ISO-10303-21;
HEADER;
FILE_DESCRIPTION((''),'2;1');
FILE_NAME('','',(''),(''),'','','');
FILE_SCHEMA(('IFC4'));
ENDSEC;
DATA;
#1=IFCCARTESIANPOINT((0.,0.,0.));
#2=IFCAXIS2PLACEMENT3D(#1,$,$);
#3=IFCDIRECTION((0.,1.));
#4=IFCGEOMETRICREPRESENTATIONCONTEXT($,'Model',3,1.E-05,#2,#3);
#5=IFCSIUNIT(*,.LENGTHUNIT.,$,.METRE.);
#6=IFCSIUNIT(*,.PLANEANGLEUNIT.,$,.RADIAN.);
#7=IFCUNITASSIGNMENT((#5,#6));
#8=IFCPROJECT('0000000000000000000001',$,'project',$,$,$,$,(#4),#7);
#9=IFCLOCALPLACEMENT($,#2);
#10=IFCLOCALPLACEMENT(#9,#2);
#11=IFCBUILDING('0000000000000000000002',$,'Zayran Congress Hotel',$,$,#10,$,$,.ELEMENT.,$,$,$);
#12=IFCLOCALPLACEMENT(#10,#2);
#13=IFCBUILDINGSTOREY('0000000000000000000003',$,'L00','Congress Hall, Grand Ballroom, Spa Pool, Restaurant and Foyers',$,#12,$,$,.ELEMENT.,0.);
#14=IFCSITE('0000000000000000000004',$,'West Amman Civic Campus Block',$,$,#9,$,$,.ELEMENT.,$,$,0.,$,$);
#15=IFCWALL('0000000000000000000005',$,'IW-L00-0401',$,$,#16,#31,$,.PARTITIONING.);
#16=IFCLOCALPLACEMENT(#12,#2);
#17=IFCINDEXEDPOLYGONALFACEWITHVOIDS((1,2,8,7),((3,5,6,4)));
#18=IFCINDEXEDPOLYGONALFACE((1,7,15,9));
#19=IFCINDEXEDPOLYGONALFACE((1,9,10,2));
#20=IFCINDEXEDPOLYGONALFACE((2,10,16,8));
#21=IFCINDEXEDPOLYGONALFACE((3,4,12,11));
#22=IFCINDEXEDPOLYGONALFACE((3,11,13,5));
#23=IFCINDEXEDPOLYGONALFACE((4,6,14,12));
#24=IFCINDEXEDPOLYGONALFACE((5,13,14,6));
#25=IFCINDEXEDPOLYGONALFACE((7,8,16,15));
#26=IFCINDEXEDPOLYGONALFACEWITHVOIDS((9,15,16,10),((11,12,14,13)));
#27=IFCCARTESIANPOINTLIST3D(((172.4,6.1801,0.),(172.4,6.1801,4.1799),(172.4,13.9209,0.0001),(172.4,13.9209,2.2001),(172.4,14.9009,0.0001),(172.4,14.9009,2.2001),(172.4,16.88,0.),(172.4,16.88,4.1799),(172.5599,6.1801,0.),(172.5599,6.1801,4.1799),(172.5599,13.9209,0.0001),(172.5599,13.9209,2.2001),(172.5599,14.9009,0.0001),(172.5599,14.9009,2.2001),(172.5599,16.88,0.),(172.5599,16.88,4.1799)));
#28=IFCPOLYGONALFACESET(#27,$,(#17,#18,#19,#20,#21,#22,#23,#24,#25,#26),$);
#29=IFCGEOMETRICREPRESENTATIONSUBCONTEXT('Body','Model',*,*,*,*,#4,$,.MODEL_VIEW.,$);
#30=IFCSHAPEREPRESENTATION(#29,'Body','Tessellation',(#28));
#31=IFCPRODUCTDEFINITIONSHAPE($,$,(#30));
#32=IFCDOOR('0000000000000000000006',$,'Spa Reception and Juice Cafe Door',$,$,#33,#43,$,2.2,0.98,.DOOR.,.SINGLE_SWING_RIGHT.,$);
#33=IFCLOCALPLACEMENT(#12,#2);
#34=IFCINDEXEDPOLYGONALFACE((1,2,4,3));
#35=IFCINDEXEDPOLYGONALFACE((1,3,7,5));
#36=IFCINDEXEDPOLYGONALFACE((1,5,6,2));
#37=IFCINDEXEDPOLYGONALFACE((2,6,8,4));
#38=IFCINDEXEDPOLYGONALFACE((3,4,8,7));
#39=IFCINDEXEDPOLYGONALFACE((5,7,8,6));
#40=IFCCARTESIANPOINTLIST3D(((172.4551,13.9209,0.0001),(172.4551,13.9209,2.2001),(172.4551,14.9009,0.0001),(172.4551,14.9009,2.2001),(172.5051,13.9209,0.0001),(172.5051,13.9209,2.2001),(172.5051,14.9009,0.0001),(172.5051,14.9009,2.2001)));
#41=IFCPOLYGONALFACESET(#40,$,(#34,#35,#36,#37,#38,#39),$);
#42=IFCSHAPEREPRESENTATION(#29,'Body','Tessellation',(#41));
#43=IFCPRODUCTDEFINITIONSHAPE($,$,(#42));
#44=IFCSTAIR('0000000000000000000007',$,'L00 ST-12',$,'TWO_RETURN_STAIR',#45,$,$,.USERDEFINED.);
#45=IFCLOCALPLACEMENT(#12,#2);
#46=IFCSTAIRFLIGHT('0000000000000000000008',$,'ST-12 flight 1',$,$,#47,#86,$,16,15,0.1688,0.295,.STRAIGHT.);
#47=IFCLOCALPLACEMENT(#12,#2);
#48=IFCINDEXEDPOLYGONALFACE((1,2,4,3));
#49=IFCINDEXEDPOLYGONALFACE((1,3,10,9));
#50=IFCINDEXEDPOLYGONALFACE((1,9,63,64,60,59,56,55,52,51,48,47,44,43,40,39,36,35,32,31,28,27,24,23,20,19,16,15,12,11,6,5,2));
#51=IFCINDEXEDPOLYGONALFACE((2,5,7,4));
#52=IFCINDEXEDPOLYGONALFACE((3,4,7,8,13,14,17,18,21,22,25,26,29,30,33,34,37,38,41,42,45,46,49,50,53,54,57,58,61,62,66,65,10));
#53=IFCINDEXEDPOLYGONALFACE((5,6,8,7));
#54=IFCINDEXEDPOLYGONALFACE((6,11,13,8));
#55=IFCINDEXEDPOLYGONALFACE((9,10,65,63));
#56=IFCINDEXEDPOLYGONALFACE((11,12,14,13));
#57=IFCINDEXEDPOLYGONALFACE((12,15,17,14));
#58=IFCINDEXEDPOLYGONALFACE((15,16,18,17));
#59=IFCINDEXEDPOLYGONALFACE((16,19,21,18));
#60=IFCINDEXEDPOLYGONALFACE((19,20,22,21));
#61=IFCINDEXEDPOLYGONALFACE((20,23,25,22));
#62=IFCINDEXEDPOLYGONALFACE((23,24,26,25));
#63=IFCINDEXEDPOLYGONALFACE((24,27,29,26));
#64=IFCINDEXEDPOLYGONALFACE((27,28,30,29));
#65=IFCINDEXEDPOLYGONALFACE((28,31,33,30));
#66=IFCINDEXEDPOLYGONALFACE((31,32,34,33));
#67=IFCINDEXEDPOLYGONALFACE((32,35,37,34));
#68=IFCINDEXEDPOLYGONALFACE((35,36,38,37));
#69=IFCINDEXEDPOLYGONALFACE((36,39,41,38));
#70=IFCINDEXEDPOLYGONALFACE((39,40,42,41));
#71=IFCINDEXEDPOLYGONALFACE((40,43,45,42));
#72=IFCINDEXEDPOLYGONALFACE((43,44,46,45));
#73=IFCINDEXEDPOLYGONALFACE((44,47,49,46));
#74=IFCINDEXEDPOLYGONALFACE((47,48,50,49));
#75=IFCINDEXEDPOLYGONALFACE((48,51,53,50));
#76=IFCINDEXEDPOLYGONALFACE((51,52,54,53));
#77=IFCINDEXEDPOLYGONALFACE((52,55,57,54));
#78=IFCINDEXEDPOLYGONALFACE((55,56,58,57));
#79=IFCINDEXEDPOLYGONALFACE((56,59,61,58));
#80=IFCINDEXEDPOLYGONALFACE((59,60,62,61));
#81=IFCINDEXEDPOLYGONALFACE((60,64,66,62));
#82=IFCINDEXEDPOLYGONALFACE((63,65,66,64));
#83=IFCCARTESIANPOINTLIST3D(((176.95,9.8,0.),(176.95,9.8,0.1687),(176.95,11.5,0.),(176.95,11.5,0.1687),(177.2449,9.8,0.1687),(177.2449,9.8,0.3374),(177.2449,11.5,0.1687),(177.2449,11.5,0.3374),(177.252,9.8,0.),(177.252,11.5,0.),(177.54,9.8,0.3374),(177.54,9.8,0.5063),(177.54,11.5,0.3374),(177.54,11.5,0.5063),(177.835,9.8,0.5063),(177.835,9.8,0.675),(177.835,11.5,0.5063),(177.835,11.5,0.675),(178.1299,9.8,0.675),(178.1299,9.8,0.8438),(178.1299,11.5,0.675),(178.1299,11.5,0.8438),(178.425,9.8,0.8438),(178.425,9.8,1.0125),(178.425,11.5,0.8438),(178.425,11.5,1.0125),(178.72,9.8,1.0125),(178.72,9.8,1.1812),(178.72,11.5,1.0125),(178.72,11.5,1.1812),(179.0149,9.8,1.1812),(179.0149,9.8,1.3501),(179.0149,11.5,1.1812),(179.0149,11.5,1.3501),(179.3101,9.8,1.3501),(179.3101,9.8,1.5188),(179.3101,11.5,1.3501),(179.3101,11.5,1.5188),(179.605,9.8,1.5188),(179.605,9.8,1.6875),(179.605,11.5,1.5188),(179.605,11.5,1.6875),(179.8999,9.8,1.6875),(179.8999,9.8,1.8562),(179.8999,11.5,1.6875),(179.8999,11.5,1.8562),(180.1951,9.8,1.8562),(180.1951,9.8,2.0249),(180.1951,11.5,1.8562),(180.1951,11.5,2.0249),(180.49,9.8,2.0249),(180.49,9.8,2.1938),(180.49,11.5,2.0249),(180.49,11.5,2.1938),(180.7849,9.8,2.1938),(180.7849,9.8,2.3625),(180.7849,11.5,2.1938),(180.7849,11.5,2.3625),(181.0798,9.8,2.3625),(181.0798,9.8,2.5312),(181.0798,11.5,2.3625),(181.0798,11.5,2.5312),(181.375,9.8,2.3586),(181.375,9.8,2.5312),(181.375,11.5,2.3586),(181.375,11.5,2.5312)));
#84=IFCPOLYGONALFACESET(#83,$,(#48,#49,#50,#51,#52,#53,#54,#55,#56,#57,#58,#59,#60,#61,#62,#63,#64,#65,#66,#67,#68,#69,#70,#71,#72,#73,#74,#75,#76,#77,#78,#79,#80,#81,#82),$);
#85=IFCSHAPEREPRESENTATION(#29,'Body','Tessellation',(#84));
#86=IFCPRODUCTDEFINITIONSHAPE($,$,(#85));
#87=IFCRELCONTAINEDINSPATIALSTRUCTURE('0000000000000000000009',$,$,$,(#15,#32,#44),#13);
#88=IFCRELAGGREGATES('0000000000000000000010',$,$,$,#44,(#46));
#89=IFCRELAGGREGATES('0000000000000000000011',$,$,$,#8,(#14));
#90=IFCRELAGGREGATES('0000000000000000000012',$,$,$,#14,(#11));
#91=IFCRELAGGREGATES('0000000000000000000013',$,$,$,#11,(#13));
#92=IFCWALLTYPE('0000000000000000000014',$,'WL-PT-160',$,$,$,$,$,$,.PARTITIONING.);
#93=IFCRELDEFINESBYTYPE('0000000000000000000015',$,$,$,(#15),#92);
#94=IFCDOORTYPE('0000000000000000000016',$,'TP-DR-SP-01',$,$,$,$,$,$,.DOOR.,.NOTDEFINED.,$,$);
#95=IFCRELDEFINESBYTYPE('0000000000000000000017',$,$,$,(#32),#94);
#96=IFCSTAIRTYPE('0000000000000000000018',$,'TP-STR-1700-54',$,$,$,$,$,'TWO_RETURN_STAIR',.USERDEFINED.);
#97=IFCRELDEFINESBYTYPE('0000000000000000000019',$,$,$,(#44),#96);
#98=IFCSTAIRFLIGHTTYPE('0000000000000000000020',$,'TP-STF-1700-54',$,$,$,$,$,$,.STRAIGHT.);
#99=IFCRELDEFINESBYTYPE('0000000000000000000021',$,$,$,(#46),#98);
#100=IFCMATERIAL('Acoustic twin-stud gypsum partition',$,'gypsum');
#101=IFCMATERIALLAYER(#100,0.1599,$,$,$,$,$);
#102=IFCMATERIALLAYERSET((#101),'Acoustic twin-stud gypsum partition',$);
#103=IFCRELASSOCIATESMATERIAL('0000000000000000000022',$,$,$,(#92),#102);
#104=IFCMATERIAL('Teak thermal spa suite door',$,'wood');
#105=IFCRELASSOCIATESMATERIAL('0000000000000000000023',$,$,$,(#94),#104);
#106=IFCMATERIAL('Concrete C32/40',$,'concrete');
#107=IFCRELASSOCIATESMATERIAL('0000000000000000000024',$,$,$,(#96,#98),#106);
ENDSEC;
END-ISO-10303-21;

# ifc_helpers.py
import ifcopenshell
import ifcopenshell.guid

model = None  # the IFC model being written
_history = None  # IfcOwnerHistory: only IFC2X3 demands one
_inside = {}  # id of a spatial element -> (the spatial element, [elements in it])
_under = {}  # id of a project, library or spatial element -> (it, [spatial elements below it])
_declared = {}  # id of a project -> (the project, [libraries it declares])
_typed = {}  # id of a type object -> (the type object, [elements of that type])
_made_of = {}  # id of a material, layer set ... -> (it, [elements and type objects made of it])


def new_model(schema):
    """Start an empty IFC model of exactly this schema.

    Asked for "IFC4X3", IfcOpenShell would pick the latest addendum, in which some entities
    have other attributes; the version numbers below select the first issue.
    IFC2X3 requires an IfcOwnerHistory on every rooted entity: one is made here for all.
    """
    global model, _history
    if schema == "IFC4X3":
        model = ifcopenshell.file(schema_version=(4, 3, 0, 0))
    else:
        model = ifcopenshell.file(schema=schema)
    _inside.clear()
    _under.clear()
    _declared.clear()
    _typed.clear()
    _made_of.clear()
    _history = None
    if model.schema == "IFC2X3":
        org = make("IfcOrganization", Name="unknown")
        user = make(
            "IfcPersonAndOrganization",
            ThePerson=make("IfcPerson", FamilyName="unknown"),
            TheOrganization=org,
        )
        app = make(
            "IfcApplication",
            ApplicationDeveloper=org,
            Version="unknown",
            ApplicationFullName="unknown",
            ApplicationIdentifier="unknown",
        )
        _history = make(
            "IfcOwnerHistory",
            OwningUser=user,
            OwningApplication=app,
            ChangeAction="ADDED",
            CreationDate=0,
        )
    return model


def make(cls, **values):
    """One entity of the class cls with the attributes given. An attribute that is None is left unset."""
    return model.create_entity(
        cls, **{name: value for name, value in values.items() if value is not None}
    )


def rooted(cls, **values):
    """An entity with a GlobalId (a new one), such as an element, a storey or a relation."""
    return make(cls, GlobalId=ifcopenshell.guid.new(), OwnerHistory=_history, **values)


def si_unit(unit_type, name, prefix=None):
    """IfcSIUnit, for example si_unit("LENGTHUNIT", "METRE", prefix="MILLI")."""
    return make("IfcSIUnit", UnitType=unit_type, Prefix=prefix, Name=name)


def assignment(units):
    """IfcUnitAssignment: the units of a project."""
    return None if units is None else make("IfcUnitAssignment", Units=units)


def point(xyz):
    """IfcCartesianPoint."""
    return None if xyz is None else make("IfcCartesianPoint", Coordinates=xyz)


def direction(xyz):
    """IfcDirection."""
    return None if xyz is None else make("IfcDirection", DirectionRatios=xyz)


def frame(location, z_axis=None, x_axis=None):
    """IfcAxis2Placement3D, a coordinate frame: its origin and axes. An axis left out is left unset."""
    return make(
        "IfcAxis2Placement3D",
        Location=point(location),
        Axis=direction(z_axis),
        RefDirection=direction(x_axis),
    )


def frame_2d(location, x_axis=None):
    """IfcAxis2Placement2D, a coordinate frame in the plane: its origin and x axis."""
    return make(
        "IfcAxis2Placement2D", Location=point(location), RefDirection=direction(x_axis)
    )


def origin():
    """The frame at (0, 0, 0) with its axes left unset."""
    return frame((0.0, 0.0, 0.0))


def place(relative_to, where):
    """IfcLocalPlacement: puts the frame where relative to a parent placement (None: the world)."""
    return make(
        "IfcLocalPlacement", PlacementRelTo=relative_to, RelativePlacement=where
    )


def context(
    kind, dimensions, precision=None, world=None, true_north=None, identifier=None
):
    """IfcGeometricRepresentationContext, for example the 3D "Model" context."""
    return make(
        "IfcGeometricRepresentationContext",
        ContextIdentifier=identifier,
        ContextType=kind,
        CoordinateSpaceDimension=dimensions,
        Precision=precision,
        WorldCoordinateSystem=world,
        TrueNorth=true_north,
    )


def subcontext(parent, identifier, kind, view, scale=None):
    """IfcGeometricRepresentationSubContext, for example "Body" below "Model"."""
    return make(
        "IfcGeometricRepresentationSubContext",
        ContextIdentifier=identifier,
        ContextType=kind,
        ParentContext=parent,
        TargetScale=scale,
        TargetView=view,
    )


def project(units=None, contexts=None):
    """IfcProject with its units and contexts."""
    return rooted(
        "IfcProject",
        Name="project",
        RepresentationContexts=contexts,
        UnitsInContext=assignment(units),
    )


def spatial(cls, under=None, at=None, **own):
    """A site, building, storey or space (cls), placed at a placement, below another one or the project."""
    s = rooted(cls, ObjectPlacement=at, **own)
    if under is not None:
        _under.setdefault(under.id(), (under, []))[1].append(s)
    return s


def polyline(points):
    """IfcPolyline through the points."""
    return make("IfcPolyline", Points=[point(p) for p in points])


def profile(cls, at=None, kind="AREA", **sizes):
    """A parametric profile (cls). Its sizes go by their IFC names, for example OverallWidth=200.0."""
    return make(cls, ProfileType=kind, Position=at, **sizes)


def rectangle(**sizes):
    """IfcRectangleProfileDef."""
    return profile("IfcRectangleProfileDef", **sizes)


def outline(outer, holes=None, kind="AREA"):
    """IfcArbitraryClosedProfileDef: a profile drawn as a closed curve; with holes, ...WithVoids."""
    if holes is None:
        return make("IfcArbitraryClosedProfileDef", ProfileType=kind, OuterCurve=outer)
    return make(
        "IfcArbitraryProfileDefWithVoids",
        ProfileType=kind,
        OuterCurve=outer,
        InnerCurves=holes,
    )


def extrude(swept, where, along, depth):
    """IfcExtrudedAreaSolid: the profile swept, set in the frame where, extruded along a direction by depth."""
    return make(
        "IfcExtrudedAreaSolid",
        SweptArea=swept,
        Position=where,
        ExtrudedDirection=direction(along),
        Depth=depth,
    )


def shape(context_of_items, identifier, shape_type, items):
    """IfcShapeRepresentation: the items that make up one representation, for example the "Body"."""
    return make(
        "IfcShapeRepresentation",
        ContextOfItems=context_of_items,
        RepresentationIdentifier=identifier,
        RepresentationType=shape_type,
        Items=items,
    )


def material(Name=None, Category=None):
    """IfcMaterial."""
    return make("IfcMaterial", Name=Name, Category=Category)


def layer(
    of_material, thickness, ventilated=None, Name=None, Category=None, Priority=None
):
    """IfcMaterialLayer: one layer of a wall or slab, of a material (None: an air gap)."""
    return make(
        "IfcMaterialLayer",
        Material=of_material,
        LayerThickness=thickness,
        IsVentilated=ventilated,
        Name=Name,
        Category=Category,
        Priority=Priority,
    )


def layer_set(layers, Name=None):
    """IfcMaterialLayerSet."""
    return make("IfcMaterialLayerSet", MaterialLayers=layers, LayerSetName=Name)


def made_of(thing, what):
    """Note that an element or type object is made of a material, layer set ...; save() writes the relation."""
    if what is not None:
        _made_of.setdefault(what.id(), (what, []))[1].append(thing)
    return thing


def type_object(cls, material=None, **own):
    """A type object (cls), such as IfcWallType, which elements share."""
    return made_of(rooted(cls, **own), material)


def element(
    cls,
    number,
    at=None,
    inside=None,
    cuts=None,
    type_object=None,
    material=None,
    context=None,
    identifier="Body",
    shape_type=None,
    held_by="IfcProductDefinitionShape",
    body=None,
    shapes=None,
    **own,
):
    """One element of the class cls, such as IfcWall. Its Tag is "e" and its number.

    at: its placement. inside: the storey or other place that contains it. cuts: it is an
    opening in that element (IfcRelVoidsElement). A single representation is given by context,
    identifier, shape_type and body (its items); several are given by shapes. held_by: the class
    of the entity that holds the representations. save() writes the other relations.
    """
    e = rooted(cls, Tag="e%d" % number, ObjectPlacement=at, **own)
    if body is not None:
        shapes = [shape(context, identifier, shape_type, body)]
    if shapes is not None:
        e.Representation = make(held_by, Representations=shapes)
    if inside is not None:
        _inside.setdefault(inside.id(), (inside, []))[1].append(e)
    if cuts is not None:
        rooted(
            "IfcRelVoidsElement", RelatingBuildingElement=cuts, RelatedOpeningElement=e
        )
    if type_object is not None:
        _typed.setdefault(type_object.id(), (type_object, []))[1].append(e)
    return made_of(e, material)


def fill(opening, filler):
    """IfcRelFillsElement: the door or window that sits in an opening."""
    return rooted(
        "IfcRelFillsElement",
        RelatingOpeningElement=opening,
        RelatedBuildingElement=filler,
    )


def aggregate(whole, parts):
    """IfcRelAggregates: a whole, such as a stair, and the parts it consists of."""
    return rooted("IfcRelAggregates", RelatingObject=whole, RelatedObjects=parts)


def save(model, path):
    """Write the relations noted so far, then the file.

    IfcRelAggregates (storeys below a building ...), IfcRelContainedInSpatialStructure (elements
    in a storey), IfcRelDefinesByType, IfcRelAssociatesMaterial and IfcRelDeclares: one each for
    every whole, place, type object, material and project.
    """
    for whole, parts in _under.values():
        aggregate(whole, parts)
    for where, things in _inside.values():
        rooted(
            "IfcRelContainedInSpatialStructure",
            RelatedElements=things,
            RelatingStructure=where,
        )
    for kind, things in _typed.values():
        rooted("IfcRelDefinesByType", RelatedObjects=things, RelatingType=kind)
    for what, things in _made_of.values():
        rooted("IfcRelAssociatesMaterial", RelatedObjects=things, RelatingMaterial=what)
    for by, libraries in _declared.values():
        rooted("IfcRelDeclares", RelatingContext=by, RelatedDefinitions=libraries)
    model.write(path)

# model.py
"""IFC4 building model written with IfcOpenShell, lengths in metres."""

from ifc_helpers import new_model, si_unit, direction, frame, frame_2d, origin, place, context, subcontext, project, spatial, polyline, rectangle, outline, extrude, material, layer, layer_set, type_object, element, fill, aggregate, save


model = new_model("IFC4")

# Units and contexts
model_context = context("Model", 3, precision=1e-05, world=origin(), true_north=direction((0.0, 1.0)))
body_context = subcontext(model_context, "Body", "Model", "MODEL_VIEW")
ifc_project = project(units=[si_unit("LENGTHUNIT", "METRE"), si_unit("PLANEANGLEUNIT", "RADIAN")], contexts=[model_context])

# Site, building, storey
site_placement = place(None, origin())
site = spatial("IfcSite", under=ifc_project, at=site_placement, Name="West Amman Civic Campus Block", CompositionType="ELEMENT", RefElevation=0.0)
building_placement = place(site_placement, origin())
building = spatial("IfcBuilding", under=site, at=building_placement, Name="Zayran Congress Hotel", CompositionType="ELEMENT")
storey_placement = place(building_placement, origin())
storey = spatial("IfcBuildingStorey", under=building, at=storey_placement, Name="L00", Description="Congress Hall, Grand Ballroom, Spa Pool, Restaurant and Foyers", CompositionType="ELEMENT", Elevation=0.0)

# Wall, opening, door
ifc_material_1 = material(Name="Acoustic twin-stud gypsum partition", Category="gypsum")
ifc_layer_1 = layer(ifc_material_1, 0.1599)
ifc_layer_set_1 = layer_set([ifc_layer_1], Name="Acoustic twin-stud gypsum partition")
wall_type_1 = type_object("IfcWallType", Name="WL-PT-160", PredefinedType="PARTITIONING", material=ifc_layer_set_1)
wall_1_placement = place(storey_placement, frame((172.48, 6.1799, 0.0), z_axis=(0.0, 0.0, 1.0), x_axis=(0.0, 1.0, 0.0)))
wall_1 = element("IfcWall", 1, at=wall_1_placement, inside=storey, type_object=wall_type_1, Name="IW-L00-0401", PredefinedType="PARTITIONING", context=body_context, shape_type="SweptSolid", body=[
    extrude(rectangle(XDim=10.7, YDim=0.1599, at=frame_2d((5.3501, 0.0))), origin(), (0.0, 0.0, 1.0), 4.1799),
])
opening_1_placement = place(wall_1_placement, frame((7.741, 0.0, 0.0)))
opening_1 = element("IfcOpeningElement", 2, at=opening_1_placement, cuts=wall_1, PredefinedType="OPENING", context=body_context, shape_type="SweptSolid", body=[
    extrude(rectangle(XDim=0.98, YDim=2.2, at=frame_2d((0.49, 1.1001))), frame((0.0, 0.0898, 0.0), z_axis=(0.0, -1.0, 0.0), x_axis=(1.0, 0.0, 0.0)), (0.0, 0.0, 1.0), 0.1799),
])
ifc_material_2 = material(Name="Teak thermal spa suite door", Category="wood")
door_type_1 = type_object("IfcDoorType", Name="TP-DR-SP-01", OperationType="NOTDEFINED", PredefinedType="DOOR", material=ifc_material_2)
door_1_placement = place(opening_1_placement, origin())
door_1 = element("IfcDoor", 3, at=door_1_placement, inside=storey, type_object=door_type_1, Name="Spa Reception and Juice Cafe Door", OperationType="SINGLE_SWING_RIGHT", OverallHeight=2.2, OverallWidth=0.98, PredefinedType="DOOR", context=body_context, shape_type="SweptSolid", body=[
    extrude(rectangle(XDim=0.98, YDim=2.2, at=frame_2d((0.49, 1.1001))), frame((0.0, 0.0249, 0.0), z_axis=(0.0, -1.0, 0.0), x_axis=(1.0, 0.0, 0.0)), (0.0, 0.0, 1.0), 0.05),
])
fill(opening_1, door_1)

# Stair, stair flight
ifc_material_3 = material(Name="Concrete C32/40", Category="concrete")
stair_type = type_object("IfcStairType", Name="TP-STR-1700-54", ElementType="TWO_RETURN_STAIR", PredefinedType="USERDEFINED", material=ifc_material_3)
stair_placement = place(storey_placement, origin())
stair = element("IfcStair", 4, at=stair_placement, inside=storey, type_object=stair_type, Name="L00 ST-12", ObjectType="TWO_RETURN_STAIR", PredefinedType="USERDEFINED")
stair_flight_type = type_object("IfcStairFlightType", Name="TP-STF-1700-54", PredefinedType="STRAIGHT", material=ifc_material_3)
stair_flight_placement = place(storey_placement, frame((176.95, 10.6499, 0.0), z_axis=(0.0, 0.0, 1.0), x_axis=(1.0, 0.0, 0.0)))
stair_flight = element("IfcStairFlight", 5, at=stair_flight_placement, type_object=stair_flight_type, Name="ST-12 flight 1", NumberOfRisers=16, NumberOfTreads=15, PredefinedType="STRAIGHT", RiserHeight=0.1688, TreadLength=0.295, context=body_context, shape_type="SweptSolid", body=[
    extrude(outline(polyline([(0.0, 0.0), (0.0, 0.1687), (0.2949, 0.1687), (0.2949, 0.3374), (0.5901, 0.3374), (0.5901, 0.5063), (0.885, 0.5063), (0.885, 0.675), (1.1799, 0.675), (1.1799, 0.8438), (1.4751, 0.8438), (1.4751, 1.0125), (1.77, 1.0125), (1.77, 1.1812), (2.0649, 1.1812), (2.0649, 1.3501), (2.3601, 1.3501), (2.3601, 1.5188), (2.655, 1.5188), (2.655, 1.6875), (2.95, 1.6875), (2.95, 1.8562), (3.2451, 1.8562), (3.2451, 2.0249), (3.54, 2.0249), (3.54, 2.1938), (3.835, 2.1938), (3.835, 2.3625), (4.1299, 2.3625), (4.1299, 2.5312), (4.425, 2.5312), (4.425, 2.7), (4.425, 2.3586), (0.302, 0.0), (0.0, 0.0)])), frame((0.0, 0.8501, 0.0), z_axis=(0.0, -1.0, 0.0), x_axis=(1.0, 0.0, 0.0)), (0.0, 0.0, 1.0), 1.7),
])
aggregate(stair, [stair_flight])

save(model, "model.ifc")
